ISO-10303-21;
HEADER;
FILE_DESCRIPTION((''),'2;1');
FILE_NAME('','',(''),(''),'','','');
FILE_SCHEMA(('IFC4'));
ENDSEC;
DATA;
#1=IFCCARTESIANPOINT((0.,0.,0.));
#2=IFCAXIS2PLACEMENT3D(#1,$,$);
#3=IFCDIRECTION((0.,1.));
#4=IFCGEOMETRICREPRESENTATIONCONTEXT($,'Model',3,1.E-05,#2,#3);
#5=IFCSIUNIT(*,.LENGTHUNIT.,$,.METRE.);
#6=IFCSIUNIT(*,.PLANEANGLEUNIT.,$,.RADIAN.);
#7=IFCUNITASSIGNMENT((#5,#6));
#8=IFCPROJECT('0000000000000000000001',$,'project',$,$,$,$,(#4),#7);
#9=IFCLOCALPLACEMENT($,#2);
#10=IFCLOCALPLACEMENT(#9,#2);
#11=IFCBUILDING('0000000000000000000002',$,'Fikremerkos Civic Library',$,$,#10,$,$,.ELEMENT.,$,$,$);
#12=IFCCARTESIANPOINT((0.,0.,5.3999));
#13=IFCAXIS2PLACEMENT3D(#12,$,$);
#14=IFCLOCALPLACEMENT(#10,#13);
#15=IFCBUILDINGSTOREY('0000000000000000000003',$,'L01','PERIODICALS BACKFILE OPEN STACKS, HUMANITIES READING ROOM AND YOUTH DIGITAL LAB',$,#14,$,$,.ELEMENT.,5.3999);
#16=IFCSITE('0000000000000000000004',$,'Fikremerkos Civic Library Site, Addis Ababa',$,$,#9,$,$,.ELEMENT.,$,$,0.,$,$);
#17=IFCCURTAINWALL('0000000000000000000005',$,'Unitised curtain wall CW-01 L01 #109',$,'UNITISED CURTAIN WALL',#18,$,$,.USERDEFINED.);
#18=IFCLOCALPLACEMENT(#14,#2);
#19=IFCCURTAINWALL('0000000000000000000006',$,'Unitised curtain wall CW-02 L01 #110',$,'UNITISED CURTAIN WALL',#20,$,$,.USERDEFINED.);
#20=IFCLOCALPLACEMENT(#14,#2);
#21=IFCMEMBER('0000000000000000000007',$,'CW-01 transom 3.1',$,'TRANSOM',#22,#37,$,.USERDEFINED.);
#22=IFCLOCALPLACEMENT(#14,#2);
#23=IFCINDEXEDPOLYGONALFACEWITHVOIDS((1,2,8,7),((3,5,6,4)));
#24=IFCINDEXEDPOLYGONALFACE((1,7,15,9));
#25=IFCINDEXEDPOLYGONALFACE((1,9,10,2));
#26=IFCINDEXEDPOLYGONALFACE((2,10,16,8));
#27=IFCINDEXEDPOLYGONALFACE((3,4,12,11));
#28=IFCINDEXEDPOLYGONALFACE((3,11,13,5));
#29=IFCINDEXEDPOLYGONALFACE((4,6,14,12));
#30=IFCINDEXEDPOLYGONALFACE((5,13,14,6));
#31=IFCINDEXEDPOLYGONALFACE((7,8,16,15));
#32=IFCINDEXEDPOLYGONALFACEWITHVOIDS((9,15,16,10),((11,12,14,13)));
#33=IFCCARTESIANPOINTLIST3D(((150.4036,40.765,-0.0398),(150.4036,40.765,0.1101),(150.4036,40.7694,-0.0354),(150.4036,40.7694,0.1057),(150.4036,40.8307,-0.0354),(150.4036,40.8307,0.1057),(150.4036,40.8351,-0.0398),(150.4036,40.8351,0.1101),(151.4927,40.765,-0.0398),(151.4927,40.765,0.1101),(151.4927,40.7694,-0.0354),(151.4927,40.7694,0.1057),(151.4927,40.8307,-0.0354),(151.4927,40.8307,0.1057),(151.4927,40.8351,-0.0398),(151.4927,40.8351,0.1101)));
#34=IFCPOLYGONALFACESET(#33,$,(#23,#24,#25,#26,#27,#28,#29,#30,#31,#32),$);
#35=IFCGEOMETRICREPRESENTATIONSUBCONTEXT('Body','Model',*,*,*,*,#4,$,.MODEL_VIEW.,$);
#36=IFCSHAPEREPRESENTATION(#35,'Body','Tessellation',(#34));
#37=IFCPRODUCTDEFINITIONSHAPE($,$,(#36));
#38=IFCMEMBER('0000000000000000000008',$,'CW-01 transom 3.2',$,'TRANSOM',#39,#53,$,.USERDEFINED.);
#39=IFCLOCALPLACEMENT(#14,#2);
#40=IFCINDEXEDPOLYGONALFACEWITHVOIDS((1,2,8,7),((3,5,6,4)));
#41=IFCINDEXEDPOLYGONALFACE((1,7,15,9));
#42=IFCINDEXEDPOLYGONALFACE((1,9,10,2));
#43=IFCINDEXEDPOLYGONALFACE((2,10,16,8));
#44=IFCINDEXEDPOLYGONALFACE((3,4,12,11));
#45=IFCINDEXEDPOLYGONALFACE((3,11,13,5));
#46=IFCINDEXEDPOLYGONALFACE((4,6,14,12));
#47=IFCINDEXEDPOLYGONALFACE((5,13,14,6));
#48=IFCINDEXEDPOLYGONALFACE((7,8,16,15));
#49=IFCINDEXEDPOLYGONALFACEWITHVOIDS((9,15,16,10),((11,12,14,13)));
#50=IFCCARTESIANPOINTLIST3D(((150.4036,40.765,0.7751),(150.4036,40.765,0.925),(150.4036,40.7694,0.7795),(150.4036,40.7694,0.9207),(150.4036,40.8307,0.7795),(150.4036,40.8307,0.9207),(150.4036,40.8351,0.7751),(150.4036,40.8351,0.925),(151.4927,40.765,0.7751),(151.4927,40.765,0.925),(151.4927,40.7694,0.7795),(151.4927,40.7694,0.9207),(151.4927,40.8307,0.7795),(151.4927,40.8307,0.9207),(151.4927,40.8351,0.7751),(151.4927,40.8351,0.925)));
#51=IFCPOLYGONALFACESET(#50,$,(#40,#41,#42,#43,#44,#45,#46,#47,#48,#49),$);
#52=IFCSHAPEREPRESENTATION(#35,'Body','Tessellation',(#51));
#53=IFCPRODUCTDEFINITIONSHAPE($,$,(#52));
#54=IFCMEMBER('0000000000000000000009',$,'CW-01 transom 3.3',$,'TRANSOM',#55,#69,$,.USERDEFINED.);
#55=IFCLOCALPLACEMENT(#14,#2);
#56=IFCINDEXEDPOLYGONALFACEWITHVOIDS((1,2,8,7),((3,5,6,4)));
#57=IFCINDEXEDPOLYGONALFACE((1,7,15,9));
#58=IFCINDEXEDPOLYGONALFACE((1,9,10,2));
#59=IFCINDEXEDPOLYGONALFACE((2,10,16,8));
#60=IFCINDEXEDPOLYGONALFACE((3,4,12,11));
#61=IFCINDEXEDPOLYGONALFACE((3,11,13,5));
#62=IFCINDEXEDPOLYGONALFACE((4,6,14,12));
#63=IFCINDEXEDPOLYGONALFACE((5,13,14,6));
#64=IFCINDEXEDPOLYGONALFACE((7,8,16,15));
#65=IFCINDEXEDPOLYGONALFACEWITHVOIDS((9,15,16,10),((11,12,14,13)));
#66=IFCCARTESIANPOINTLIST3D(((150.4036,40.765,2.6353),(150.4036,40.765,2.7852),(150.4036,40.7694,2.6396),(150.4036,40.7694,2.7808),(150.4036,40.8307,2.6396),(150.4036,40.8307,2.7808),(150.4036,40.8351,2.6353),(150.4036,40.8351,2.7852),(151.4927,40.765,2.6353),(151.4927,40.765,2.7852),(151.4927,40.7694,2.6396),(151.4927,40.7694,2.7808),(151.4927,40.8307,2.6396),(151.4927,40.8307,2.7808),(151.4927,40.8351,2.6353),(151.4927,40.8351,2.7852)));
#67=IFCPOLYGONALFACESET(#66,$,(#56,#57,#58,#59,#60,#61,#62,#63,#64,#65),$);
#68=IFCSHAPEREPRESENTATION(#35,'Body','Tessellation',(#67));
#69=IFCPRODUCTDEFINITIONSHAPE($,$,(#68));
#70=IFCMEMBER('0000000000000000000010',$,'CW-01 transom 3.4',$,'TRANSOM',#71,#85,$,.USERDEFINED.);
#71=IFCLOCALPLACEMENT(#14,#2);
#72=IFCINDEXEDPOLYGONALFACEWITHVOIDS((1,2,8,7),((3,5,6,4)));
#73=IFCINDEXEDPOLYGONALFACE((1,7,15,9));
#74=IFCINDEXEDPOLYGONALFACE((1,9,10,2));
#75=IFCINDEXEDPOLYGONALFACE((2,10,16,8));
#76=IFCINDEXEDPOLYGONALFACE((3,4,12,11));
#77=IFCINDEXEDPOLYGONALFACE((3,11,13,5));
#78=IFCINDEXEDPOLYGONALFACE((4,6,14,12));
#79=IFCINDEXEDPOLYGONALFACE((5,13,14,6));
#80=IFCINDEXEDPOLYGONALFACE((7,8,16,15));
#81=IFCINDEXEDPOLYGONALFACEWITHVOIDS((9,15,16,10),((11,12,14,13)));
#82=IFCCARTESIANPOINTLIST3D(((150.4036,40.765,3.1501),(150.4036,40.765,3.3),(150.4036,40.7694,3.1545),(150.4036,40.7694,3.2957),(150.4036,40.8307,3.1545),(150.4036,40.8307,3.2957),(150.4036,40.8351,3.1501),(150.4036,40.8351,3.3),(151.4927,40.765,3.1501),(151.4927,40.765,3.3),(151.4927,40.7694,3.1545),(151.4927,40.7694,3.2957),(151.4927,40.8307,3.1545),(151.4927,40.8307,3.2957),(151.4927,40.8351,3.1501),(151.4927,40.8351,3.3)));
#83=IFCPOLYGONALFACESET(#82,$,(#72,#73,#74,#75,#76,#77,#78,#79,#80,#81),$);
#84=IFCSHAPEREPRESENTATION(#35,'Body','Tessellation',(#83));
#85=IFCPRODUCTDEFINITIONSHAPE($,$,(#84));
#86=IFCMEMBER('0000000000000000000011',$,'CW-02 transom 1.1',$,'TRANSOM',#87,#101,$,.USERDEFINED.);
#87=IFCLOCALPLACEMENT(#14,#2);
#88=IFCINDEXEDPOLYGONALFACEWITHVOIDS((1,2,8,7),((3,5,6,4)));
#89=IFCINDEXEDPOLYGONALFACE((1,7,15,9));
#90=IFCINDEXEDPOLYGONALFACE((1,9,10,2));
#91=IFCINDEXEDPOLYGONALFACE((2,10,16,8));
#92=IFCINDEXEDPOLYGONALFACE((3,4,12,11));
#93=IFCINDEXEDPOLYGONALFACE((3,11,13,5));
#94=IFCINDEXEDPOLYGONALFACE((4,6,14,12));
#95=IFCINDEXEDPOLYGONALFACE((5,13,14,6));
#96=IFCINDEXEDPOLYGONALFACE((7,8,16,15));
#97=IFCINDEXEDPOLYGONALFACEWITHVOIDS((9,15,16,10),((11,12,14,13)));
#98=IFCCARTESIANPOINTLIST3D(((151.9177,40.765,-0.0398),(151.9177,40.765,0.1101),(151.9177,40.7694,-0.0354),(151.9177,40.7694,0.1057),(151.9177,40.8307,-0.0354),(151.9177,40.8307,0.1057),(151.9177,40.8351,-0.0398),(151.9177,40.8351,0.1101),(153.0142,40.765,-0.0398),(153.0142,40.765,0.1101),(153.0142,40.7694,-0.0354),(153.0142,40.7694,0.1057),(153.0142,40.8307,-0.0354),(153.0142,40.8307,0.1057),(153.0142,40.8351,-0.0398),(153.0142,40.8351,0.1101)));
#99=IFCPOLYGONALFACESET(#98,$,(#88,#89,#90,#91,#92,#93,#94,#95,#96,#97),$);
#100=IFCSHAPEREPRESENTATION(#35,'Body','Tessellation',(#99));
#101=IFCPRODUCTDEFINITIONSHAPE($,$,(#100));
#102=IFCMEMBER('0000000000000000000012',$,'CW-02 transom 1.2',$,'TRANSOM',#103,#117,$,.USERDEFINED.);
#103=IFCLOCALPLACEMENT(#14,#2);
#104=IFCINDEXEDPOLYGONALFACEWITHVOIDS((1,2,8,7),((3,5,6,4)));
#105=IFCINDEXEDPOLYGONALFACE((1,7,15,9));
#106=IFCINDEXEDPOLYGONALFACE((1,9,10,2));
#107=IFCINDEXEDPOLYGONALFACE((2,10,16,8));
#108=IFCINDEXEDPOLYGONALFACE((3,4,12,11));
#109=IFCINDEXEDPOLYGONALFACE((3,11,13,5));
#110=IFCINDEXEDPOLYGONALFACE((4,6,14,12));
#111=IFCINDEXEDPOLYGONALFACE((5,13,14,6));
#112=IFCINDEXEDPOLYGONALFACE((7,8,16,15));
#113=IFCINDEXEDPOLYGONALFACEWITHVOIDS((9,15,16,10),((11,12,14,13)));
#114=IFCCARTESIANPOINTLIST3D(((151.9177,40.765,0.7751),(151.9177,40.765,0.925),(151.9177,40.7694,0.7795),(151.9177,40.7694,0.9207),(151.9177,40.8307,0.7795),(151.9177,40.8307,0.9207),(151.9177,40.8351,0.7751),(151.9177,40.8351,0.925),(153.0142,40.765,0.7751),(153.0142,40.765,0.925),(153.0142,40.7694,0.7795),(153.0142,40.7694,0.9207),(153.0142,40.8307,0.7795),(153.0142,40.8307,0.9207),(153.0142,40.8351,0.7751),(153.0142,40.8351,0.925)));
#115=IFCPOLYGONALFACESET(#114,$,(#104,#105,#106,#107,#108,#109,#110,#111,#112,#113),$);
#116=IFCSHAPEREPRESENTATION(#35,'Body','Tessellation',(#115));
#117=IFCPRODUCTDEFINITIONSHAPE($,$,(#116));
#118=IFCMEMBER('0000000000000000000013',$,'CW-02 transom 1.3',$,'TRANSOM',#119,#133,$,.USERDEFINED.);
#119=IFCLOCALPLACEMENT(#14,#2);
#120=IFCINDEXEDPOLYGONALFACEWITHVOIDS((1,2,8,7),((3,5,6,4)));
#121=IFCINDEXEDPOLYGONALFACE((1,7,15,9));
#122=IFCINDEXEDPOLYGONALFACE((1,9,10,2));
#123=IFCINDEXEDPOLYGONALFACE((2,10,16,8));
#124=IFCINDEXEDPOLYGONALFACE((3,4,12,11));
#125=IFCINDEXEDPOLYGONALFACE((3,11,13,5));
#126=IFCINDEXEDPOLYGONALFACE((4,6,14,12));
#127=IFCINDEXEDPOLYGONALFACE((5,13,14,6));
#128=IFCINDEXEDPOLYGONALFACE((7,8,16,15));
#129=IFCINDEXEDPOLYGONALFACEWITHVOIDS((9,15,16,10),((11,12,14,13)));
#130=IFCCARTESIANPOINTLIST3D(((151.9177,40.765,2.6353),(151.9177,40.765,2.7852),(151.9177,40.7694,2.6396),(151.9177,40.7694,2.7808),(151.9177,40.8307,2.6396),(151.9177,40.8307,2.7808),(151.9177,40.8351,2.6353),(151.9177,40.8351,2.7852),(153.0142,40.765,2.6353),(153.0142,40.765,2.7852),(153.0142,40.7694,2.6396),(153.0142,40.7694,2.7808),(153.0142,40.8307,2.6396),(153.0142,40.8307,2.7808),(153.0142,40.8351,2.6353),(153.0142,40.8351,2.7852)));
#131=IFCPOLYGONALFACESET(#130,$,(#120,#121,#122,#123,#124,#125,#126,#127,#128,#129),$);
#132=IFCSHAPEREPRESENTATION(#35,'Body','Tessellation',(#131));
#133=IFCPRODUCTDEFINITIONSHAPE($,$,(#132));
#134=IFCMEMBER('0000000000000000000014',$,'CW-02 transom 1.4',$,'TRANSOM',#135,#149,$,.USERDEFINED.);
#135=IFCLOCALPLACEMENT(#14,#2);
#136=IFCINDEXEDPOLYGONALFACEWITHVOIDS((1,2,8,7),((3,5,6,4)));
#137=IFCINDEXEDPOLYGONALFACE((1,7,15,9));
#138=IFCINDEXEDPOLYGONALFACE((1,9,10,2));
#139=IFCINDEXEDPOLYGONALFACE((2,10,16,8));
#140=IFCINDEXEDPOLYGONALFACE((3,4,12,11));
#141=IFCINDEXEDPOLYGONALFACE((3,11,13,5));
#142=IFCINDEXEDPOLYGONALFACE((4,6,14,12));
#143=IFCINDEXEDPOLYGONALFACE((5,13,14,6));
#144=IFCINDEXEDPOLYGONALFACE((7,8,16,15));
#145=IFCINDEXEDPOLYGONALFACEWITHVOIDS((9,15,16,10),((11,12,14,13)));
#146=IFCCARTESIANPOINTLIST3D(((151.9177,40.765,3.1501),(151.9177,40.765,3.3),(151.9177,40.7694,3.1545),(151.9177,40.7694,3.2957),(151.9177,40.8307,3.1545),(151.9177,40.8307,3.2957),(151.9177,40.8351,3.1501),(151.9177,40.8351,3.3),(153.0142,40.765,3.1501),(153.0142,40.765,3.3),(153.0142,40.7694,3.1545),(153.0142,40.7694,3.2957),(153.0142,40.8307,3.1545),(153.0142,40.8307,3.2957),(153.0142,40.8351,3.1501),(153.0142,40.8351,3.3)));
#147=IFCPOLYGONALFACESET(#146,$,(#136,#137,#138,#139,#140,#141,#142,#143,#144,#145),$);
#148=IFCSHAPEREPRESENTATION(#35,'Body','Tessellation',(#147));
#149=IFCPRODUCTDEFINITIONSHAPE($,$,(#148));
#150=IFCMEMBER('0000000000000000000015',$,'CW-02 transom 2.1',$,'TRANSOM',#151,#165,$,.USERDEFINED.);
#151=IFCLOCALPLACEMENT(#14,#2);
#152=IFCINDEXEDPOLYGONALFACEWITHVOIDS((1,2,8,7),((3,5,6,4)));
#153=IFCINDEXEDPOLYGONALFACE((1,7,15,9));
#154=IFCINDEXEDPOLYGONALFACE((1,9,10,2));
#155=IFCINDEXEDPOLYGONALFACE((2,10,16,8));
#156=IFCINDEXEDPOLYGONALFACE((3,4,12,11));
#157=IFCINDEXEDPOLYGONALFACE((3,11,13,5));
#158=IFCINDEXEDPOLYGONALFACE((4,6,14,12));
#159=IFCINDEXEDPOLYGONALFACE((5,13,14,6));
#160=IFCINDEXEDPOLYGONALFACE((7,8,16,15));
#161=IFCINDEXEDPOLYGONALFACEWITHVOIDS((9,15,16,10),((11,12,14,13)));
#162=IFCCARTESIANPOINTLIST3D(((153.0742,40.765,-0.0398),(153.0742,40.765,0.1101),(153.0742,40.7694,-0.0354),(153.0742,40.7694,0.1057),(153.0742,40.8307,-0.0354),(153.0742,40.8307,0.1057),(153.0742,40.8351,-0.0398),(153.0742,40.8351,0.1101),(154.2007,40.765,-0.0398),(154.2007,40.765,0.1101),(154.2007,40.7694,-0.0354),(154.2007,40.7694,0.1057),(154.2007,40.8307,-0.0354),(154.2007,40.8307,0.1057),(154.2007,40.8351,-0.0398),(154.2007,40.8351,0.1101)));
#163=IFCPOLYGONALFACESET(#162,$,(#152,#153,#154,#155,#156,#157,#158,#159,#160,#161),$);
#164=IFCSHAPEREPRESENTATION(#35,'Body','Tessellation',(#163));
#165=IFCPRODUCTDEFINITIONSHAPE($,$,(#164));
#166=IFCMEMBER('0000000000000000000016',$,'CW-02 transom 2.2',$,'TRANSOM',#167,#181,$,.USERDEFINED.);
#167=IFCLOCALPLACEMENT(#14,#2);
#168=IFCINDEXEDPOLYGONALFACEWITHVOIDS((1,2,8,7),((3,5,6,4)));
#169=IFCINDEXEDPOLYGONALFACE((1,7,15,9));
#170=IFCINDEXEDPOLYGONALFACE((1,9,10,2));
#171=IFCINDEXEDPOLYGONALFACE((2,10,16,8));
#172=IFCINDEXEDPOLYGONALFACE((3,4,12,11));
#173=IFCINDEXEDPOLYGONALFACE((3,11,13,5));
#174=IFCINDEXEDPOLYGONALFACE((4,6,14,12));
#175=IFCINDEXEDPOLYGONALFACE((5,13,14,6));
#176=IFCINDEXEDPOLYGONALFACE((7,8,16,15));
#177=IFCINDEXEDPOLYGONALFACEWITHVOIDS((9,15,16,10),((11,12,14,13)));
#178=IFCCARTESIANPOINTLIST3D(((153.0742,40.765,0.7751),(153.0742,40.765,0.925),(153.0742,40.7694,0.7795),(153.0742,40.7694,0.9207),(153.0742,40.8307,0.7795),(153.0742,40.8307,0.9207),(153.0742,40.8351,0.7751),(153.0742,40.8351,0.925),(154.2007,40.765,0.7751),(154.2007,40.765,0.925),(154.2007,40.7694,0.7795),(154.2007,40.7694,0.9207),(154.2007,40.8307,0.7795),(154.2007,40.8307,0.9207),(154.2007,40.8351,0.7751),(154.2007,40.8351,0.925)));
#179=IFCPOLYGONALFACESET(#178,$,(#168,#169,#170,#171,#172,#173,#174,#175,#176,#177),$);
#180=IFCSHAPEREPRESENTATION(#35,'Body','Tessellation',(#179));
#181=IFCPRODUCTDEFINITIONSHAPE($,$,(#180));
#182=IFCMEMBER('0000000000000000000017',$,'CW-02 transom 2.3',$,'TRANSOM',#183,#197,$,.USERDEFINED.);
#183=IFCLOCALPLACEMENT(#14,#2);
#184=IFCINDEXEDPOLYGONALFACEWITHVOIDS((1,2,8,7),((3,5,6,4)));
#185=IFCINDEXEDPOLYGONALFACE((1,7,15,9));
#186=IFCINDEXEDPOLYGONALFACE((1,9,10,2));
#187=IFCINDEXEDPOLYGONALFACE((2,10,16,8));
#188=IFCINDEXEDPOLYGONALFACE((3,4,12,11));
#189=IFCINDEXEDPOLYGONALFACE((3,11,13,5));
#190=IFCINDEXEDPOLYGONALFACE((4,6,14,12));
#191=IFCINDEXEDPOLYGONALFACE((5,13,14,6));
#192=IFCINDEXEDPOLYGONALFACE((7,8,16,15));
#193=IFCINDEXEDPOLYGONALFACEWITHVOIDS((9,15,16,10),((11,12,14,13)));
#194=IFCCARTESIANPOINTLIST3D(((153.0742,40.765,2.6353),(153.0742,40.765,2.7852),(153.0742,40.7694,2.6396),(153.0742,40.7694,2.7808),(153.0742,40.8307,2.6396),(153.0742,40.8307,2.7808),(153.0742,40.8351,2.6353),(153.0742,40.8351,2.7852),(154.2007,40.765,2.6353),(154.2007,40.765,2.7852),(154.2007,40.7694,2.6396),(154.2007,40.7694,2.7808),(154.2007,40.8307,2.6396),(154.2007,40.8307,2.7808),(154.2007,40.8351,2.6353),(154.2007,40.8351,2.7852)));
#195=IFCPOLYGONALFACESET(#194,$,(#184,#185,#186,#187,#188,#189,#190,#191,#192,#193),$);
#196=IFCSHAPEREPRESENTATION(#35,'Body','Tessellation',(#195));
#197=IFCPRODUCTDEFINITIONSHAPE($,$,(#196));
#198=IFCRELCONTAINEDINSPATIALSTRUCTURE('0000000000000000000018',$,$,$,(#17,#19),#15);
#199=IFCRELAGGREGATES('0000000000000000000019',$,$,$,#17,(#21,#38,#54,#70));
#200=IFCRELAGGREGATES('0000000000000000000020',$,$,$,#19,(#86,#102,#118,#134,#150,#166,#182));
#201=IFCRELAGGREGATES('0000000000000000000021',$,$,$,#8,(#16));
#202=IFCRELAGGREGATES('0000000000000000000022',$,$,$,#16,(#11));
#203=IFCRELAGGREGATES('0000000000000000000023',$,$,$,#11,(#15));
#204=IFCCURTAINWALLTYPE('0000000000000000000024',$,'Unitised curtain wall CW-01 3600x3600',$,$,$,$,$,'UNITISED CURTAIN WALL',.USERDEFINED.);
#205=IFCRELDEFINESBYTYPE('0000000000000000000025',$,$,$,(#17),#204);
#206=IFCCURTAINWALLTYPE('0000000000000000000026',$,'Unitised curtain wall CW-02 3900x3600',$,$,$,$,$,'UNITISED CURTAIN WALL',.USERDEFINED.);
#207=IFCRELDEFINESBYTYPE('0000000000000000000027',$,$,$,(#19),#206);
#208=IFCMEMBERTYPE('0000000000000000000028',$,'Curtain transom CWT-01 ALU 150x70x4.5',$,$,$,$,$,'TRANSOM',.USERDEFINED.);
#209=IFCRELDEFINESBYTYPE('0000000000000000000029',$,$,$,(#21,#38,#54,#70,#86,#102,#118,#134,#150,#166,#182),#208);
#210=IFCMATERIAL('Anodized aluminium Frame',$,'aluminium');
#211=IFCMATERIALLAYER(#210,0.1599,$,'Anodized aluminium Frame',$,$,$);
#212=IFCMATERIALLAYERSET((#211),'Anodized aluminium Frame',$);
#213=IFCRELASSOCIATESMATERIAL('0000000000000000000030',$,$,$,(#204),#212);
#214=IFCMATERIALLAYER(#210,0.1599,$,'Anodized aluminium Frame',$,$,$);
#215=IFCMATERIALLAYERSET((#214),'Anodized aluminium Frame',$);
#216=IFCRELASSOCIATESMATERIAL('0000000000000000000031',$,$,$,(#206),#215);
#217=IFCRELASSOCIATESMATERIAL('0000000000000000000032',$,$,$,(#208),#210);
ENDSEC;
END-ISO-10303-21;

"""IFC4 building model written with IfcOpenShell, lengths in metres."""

from ifc_helpers import new_model, si_unit, direction, frame, origin, origin_2d, place, context, subcontext, project, spatial, hollow_rectangle, extrude, material, layer, layer_set, material_profile, profile_set, type_object, element, aggregate, save


model = new_model("IFC4")

# Units and contexts
model_context = context("Model", 3, precision=1e-05, world=origin(), true_north=direction((0.0, 1.0)))
body_context = subcontext(model_context, "Body", "Model", "MODEL_VIEW")
ifc_project = project(units=[si_unit("LENGTHUNIT", "METRE"), si_unit("PLANEANGLEUNIT", "RADIAN")], contexts=[model_context])

# Site, building, storey
site_placement = place(None, origin())
site = spatial("IfcSite", under=ifc_project, at=site_placement, Name="Fikremerkos Civic Library Site, Addis Ababa", CompositionType="ELEMENT", RefElevation=0.0)
building_placement = place(site_placement, origin())
building = spatial("IfcBuilding", under=site, at=building_placement, Name="Fikremerkos Civic Library", CompositionType="ELEMENT")
storey_placement = place(building_placement, frame((0.0, 0.0, 5.3999)))
storey = spatial("IfcBuildingStorey", under=building, at=storey_placement, Name="L01", Description="PERIODICALS BACKFILE OPEN STACKS, HUMANITIES READING ROOM AND YOUTH DIGITAL LAB", CompositionType="ELEMENT", Elevation=5.3999)

# Curtain walls
ifc_material_1 = material(Name="Anodized aluminium Frame", Category="aluminium")
ifc_layer_1 = layer(ifc_material_1, 0.1599, Name="Anodized aluminium Frame")
ifc_layer_set_1 = layer_set([ifc_layer_1], Name="Anodized aluminium Frame")
curtain_wall_type_1 = type_object("IfcCurtainWallType", Name="Unitised curtain wall CW-01 3600x3600", ElementType="UNITISED CURTAIN WALL", PredefinedType="USERDEFINED", material=ifc_layer_set_1)
curtain_wall_1_placement = place(storey_placement, origin())
curtain_wall_1 = element("IfcCurtainWall", 1, at=curtain_wall_1_placement, inside=storey, type_object=curtain_wall_type_1, Name="Unitised curtain wall CW-01 L01 #109", ObjectType="UNITISED CURTAIN WALL", PredefinedType="USERDEFINED")
ifc_layer_2 = layer(ifc_material_1, 0.1599, Name="Anodized aluminium Frame")
ifc_layer_set_2 = layer_set([ifc_layer_2], Name="Anodized aluminium Frame")
curtain_wall_type_2 = type_object("IfcCurtainWallType", Name="Unitised curtain wall CW-02 3900x3600", ElementType="UNITISED CURTAIN WALL", PredefinedType="USERDEFINED", material=ifc_layer_set_2)
curtain_wall_2_placement = place(storey_placement, origin())
curtain_wall_2 = element("IfcCurtainWall", 2, at=curtain_wall_2_placement, inside=storey, type_object=curtain_wall_type_2, Name="Unitised curtain wall CW-02 L01 #110", ObjectType="UNITISED CURTAIN WALL", PredefinedType="USERDEFINED")

# Members
ifc_material_profile_1 = material_profile(ifc_material_1, hollow_rectangle(XDim=0.0701, YDim=0.1499, WallThickness=0.0044, at=origin_2d()), Name="ALU 150x70x4.5")
ifc_profile_set_1 = profile_set([ifc_material_profile_1], Name="Anodized aluminium Frame")
member_type_1 = type_object("IfcMemberType", Name="Curtain transom CWT-01 ALU 150x70x4.5", ElementType="TRANSOM", PredefinedType="USERDEFINED", material=ifc_profile_set_1)
member_1_placement = place(storey_placement, frame((150.4036, 40.8, 0.0352), z_axis=(1.0, 0.0, 0.0), x_axis=(0.0, 1.0, 0.0)))
member_1 = element("IfcMember", 3, at=member_1_placement, type_object=member_type_1, Name="CW-01 transom 3.1", ObjectType="TRANSOM", PredefinedType="USERDEFINED", context=body_context, shape_type="SweptSolid", body=[
    extrude(hollow_rectangle(XDim=0.0701, YDim=0.1499, WallThickness=0.0044, at=origin_2d()), origin(), (0.0, 0.0, 1.0), 1.0891),
])
member_2_placement = place(storey_placement, frame((150.4036, 40.8, 0.8501), z_axis=(1.0, 0.0, 0.0), x_axis=(0.0, 1.0, 0.0)))
member_2 = element("IfcMember", 4, at=member_2_placement, type_object=member_type_1, Name="CW-01 transom 3.2", ObjectType="TRANSOM", PredefinedType="USERDEFINED", context=body_context, shape_type="SweptSolid", body=[
    extrude(hollow_rectangle(XDim=0.0701, YDim=0.1499, WallThickness=0.0044, at=origin_2d()), origin(), (0.0, 0.0, 1.0), 1.0891),
])
member_3_placement = place(storey_placement, frame((150.4036, 40.8, 2.7102), z_axis=(1.0, 0.0, 0.0), x_axis=(0.0, 1.0, 0.0)))
member_3 = element("IfcMember", 5, at=member_3_placement, type_object=member_type_1, Name="CW-01 transom 3.3", ObjectType="TRANSOM", PredefinedType="USERDEFINED", context=body_context, shape_type="SweptSolid", body=[
    extrude(hollow_rectangle(XDim=0.0701, YDim=0.1499, WallThickness=0.0044, at=origin_2d()), origin(), (0.0, 0.0, 1.0), 1.0891),
])
member_4_placement = place(storey_placement, frame((150.4036, 40.8, 3.2251), z_axis=(1.0, 0.0, 0.0), x_axis=(0.0, 1.0, 0.0)))
member_4 = element("IfcMember", 6, at=member_4_placement, type_object=member_type_1, Name="CW-01 transom 3.4", ObjectType="TRANSOM", PredefinedType="USERDEFINED", context=body_context, shape_type="SweptSolid", body=[
    extrude(hollow_rectangle(XDim=0.0701, YDim=0.1499, WallThickness=0.0044, at=origin_2d()), origin(), (0.0, 0.0, 1.0), 1.0891),
])
member_5_placement = place(storey_placement, frame((151.9177, 40.8, 0.0352), z_axis=(1.0, 0.0, 0.0), x_axis=(0.0, 1.0, 0.0)))
member_5 = element("IfcMember", 7, at=member_5_placement, type_object=member_type_1, Name="CW-02 transom 1.1", ObjectType="TRANSOM", PredefinedType="USERDEFINED", context=body_context, shape_type="SweptSolid", body=[
    extrude(hollow_rectangle(XDim=0.0701, YDim=0.1499, WallThickness=0.0044, at=origin_2d()), origin(), (0.0, 0.0, 1.0), 1.0964),
])
member_6_placement = place(storey_placement, frame((151.9177, 40.8, 0.8501), z_axis=(1.0, 0.0, 0.0), x_axis=(0.0, 1.0, 0.0)))
member_6 = element("IfcMember", 8, at=member_6_placement, type_object=member_type_1, Name="CW-02 transom 1.2", ObjectType="TRANSOM", PredefinedType="USERDEFINED", context=body_context, shape_type="SweptSolid", body=[
    extrude(hollow_rectangle(XDim=0.0701, YDim=0.1499, WallThickness=0.0044, at=origin_2d()), origin(), (0.0, 0.0, 1.0), 1.0964),
])
member_7_placement = place(storey_placement, frame((151.9177, 40.8, 2.7102), z_axis=(1.0, 0.0, 0.0), x_axis=(0.0, 1.0, 0.0)))
member_7 = element("IfcMember", 9, at=member_7_placement, type_object=member_type_1, Name="CW-02 transom 1.3", ObjectType="TRANSOM", PredefinedType="USERDEFINED", context=body_context, shape_type="SweptSolid", body=[
    extrude(hollow_rectangle(XDim=0.0701, YDim=0.1499, WallThickness=0.0044, at=origin_2d()), origin(), (0.0, 0.0, 1.0), 1.0964),
])
member_8_placement = place(storey_placement, frame((151.9177, 40.8, 3.2251), z_axis=(1.0, 0.0, 0.0), x_axis=(0.0, 1.0, 0.0)))
member_8 = element("IfcMember", 10, at=member_8_placement, type_object=member_type_1, Name="CW-02 transom 1.4", ObjectType="TRANSOM", PredefinedType="USERDEFINED", context=body_context, shape_type="SweptSolid", body=[
    extrude(hollow_rectangle(XDim=0.0701, YDim=0.1499, WallThickness=0.0044, at=origin_2d()), origin(), (0.0, 0.0, 1.0), 1.0964),
])
member_9_placement = place(storey_placement, frame((153.0742, 40.8, 0.0352), z_axis=(1.0, 0.0, 0.0), x_axis=(0.0, 1.0, 0.0)))
member_9 = element("IfcMember", 11, at=member_9_placement, type_object=member_type_1, Name="CW-02 transom 2.1", ObjectType="TRANSOM", PredefinedType="USERDEFINED", context=body_context, shape_type="SweptSolid", body=[
    extrude(hollow_rectangle(XDim=0.0701, YDim=0.1499, WallThickness=0.0044, at=origin_2d()), origin(), (0.0, 0.0, 1.0), 1.1265),
])
member_10_placement = place(storey_placement, frame((153.0742, 40.8, 0.8501), z_axis=(1.0, 0.0, 0.0), x_axis=(0.0, 1.0, 0.0)))
member_10 = element("IfcMember", 12, at=member_10_placement, type_object=member_type_1, Name="CW-02 transom 2.2", ObjectType="TRANSOM", PredefinedType="USERDEFINED", context=body_context, shape_type="SweptSolid", body=[
    extrude(hollow_rectangle(XDim=0.0701, YDim=0.1499, WallThickness=0.0044, at=origin_2d()), origin(), (0.0, 0.0, 1.0), 1.1265),
])
member_11_placement = place(storey_placement, frame((153.0742, 40.8, 2.7102), z_axis=(1.0, 0.0, 0.0), x_axis=(0.0, 1.0, 0.0)))
member_11 = element("IfcMember", 13, at=member_11_placement, type_object=member_type_1, Name="CW-02 transom 2.3", ObjectType="TRANSOM", PredefinedType="USERDEFINED", context=body_context, shape_type="SweptSolid", body=[
    extrude(hollow_rectangle(XDim=0.0701, YDim=0.1499, WallThickness=0.0044, at=origin_2d()), origin(), (0.0, 0.0, 1.0), 1.1265),
])

aggregate(curtain_wall_1, [member_1, member_2, member_3, member_4])
aggregate(curtain_wall_2, [member_5, member_6, member_7, member_8, member_9, member_10, member_11])

save(model, "model.ifc")
